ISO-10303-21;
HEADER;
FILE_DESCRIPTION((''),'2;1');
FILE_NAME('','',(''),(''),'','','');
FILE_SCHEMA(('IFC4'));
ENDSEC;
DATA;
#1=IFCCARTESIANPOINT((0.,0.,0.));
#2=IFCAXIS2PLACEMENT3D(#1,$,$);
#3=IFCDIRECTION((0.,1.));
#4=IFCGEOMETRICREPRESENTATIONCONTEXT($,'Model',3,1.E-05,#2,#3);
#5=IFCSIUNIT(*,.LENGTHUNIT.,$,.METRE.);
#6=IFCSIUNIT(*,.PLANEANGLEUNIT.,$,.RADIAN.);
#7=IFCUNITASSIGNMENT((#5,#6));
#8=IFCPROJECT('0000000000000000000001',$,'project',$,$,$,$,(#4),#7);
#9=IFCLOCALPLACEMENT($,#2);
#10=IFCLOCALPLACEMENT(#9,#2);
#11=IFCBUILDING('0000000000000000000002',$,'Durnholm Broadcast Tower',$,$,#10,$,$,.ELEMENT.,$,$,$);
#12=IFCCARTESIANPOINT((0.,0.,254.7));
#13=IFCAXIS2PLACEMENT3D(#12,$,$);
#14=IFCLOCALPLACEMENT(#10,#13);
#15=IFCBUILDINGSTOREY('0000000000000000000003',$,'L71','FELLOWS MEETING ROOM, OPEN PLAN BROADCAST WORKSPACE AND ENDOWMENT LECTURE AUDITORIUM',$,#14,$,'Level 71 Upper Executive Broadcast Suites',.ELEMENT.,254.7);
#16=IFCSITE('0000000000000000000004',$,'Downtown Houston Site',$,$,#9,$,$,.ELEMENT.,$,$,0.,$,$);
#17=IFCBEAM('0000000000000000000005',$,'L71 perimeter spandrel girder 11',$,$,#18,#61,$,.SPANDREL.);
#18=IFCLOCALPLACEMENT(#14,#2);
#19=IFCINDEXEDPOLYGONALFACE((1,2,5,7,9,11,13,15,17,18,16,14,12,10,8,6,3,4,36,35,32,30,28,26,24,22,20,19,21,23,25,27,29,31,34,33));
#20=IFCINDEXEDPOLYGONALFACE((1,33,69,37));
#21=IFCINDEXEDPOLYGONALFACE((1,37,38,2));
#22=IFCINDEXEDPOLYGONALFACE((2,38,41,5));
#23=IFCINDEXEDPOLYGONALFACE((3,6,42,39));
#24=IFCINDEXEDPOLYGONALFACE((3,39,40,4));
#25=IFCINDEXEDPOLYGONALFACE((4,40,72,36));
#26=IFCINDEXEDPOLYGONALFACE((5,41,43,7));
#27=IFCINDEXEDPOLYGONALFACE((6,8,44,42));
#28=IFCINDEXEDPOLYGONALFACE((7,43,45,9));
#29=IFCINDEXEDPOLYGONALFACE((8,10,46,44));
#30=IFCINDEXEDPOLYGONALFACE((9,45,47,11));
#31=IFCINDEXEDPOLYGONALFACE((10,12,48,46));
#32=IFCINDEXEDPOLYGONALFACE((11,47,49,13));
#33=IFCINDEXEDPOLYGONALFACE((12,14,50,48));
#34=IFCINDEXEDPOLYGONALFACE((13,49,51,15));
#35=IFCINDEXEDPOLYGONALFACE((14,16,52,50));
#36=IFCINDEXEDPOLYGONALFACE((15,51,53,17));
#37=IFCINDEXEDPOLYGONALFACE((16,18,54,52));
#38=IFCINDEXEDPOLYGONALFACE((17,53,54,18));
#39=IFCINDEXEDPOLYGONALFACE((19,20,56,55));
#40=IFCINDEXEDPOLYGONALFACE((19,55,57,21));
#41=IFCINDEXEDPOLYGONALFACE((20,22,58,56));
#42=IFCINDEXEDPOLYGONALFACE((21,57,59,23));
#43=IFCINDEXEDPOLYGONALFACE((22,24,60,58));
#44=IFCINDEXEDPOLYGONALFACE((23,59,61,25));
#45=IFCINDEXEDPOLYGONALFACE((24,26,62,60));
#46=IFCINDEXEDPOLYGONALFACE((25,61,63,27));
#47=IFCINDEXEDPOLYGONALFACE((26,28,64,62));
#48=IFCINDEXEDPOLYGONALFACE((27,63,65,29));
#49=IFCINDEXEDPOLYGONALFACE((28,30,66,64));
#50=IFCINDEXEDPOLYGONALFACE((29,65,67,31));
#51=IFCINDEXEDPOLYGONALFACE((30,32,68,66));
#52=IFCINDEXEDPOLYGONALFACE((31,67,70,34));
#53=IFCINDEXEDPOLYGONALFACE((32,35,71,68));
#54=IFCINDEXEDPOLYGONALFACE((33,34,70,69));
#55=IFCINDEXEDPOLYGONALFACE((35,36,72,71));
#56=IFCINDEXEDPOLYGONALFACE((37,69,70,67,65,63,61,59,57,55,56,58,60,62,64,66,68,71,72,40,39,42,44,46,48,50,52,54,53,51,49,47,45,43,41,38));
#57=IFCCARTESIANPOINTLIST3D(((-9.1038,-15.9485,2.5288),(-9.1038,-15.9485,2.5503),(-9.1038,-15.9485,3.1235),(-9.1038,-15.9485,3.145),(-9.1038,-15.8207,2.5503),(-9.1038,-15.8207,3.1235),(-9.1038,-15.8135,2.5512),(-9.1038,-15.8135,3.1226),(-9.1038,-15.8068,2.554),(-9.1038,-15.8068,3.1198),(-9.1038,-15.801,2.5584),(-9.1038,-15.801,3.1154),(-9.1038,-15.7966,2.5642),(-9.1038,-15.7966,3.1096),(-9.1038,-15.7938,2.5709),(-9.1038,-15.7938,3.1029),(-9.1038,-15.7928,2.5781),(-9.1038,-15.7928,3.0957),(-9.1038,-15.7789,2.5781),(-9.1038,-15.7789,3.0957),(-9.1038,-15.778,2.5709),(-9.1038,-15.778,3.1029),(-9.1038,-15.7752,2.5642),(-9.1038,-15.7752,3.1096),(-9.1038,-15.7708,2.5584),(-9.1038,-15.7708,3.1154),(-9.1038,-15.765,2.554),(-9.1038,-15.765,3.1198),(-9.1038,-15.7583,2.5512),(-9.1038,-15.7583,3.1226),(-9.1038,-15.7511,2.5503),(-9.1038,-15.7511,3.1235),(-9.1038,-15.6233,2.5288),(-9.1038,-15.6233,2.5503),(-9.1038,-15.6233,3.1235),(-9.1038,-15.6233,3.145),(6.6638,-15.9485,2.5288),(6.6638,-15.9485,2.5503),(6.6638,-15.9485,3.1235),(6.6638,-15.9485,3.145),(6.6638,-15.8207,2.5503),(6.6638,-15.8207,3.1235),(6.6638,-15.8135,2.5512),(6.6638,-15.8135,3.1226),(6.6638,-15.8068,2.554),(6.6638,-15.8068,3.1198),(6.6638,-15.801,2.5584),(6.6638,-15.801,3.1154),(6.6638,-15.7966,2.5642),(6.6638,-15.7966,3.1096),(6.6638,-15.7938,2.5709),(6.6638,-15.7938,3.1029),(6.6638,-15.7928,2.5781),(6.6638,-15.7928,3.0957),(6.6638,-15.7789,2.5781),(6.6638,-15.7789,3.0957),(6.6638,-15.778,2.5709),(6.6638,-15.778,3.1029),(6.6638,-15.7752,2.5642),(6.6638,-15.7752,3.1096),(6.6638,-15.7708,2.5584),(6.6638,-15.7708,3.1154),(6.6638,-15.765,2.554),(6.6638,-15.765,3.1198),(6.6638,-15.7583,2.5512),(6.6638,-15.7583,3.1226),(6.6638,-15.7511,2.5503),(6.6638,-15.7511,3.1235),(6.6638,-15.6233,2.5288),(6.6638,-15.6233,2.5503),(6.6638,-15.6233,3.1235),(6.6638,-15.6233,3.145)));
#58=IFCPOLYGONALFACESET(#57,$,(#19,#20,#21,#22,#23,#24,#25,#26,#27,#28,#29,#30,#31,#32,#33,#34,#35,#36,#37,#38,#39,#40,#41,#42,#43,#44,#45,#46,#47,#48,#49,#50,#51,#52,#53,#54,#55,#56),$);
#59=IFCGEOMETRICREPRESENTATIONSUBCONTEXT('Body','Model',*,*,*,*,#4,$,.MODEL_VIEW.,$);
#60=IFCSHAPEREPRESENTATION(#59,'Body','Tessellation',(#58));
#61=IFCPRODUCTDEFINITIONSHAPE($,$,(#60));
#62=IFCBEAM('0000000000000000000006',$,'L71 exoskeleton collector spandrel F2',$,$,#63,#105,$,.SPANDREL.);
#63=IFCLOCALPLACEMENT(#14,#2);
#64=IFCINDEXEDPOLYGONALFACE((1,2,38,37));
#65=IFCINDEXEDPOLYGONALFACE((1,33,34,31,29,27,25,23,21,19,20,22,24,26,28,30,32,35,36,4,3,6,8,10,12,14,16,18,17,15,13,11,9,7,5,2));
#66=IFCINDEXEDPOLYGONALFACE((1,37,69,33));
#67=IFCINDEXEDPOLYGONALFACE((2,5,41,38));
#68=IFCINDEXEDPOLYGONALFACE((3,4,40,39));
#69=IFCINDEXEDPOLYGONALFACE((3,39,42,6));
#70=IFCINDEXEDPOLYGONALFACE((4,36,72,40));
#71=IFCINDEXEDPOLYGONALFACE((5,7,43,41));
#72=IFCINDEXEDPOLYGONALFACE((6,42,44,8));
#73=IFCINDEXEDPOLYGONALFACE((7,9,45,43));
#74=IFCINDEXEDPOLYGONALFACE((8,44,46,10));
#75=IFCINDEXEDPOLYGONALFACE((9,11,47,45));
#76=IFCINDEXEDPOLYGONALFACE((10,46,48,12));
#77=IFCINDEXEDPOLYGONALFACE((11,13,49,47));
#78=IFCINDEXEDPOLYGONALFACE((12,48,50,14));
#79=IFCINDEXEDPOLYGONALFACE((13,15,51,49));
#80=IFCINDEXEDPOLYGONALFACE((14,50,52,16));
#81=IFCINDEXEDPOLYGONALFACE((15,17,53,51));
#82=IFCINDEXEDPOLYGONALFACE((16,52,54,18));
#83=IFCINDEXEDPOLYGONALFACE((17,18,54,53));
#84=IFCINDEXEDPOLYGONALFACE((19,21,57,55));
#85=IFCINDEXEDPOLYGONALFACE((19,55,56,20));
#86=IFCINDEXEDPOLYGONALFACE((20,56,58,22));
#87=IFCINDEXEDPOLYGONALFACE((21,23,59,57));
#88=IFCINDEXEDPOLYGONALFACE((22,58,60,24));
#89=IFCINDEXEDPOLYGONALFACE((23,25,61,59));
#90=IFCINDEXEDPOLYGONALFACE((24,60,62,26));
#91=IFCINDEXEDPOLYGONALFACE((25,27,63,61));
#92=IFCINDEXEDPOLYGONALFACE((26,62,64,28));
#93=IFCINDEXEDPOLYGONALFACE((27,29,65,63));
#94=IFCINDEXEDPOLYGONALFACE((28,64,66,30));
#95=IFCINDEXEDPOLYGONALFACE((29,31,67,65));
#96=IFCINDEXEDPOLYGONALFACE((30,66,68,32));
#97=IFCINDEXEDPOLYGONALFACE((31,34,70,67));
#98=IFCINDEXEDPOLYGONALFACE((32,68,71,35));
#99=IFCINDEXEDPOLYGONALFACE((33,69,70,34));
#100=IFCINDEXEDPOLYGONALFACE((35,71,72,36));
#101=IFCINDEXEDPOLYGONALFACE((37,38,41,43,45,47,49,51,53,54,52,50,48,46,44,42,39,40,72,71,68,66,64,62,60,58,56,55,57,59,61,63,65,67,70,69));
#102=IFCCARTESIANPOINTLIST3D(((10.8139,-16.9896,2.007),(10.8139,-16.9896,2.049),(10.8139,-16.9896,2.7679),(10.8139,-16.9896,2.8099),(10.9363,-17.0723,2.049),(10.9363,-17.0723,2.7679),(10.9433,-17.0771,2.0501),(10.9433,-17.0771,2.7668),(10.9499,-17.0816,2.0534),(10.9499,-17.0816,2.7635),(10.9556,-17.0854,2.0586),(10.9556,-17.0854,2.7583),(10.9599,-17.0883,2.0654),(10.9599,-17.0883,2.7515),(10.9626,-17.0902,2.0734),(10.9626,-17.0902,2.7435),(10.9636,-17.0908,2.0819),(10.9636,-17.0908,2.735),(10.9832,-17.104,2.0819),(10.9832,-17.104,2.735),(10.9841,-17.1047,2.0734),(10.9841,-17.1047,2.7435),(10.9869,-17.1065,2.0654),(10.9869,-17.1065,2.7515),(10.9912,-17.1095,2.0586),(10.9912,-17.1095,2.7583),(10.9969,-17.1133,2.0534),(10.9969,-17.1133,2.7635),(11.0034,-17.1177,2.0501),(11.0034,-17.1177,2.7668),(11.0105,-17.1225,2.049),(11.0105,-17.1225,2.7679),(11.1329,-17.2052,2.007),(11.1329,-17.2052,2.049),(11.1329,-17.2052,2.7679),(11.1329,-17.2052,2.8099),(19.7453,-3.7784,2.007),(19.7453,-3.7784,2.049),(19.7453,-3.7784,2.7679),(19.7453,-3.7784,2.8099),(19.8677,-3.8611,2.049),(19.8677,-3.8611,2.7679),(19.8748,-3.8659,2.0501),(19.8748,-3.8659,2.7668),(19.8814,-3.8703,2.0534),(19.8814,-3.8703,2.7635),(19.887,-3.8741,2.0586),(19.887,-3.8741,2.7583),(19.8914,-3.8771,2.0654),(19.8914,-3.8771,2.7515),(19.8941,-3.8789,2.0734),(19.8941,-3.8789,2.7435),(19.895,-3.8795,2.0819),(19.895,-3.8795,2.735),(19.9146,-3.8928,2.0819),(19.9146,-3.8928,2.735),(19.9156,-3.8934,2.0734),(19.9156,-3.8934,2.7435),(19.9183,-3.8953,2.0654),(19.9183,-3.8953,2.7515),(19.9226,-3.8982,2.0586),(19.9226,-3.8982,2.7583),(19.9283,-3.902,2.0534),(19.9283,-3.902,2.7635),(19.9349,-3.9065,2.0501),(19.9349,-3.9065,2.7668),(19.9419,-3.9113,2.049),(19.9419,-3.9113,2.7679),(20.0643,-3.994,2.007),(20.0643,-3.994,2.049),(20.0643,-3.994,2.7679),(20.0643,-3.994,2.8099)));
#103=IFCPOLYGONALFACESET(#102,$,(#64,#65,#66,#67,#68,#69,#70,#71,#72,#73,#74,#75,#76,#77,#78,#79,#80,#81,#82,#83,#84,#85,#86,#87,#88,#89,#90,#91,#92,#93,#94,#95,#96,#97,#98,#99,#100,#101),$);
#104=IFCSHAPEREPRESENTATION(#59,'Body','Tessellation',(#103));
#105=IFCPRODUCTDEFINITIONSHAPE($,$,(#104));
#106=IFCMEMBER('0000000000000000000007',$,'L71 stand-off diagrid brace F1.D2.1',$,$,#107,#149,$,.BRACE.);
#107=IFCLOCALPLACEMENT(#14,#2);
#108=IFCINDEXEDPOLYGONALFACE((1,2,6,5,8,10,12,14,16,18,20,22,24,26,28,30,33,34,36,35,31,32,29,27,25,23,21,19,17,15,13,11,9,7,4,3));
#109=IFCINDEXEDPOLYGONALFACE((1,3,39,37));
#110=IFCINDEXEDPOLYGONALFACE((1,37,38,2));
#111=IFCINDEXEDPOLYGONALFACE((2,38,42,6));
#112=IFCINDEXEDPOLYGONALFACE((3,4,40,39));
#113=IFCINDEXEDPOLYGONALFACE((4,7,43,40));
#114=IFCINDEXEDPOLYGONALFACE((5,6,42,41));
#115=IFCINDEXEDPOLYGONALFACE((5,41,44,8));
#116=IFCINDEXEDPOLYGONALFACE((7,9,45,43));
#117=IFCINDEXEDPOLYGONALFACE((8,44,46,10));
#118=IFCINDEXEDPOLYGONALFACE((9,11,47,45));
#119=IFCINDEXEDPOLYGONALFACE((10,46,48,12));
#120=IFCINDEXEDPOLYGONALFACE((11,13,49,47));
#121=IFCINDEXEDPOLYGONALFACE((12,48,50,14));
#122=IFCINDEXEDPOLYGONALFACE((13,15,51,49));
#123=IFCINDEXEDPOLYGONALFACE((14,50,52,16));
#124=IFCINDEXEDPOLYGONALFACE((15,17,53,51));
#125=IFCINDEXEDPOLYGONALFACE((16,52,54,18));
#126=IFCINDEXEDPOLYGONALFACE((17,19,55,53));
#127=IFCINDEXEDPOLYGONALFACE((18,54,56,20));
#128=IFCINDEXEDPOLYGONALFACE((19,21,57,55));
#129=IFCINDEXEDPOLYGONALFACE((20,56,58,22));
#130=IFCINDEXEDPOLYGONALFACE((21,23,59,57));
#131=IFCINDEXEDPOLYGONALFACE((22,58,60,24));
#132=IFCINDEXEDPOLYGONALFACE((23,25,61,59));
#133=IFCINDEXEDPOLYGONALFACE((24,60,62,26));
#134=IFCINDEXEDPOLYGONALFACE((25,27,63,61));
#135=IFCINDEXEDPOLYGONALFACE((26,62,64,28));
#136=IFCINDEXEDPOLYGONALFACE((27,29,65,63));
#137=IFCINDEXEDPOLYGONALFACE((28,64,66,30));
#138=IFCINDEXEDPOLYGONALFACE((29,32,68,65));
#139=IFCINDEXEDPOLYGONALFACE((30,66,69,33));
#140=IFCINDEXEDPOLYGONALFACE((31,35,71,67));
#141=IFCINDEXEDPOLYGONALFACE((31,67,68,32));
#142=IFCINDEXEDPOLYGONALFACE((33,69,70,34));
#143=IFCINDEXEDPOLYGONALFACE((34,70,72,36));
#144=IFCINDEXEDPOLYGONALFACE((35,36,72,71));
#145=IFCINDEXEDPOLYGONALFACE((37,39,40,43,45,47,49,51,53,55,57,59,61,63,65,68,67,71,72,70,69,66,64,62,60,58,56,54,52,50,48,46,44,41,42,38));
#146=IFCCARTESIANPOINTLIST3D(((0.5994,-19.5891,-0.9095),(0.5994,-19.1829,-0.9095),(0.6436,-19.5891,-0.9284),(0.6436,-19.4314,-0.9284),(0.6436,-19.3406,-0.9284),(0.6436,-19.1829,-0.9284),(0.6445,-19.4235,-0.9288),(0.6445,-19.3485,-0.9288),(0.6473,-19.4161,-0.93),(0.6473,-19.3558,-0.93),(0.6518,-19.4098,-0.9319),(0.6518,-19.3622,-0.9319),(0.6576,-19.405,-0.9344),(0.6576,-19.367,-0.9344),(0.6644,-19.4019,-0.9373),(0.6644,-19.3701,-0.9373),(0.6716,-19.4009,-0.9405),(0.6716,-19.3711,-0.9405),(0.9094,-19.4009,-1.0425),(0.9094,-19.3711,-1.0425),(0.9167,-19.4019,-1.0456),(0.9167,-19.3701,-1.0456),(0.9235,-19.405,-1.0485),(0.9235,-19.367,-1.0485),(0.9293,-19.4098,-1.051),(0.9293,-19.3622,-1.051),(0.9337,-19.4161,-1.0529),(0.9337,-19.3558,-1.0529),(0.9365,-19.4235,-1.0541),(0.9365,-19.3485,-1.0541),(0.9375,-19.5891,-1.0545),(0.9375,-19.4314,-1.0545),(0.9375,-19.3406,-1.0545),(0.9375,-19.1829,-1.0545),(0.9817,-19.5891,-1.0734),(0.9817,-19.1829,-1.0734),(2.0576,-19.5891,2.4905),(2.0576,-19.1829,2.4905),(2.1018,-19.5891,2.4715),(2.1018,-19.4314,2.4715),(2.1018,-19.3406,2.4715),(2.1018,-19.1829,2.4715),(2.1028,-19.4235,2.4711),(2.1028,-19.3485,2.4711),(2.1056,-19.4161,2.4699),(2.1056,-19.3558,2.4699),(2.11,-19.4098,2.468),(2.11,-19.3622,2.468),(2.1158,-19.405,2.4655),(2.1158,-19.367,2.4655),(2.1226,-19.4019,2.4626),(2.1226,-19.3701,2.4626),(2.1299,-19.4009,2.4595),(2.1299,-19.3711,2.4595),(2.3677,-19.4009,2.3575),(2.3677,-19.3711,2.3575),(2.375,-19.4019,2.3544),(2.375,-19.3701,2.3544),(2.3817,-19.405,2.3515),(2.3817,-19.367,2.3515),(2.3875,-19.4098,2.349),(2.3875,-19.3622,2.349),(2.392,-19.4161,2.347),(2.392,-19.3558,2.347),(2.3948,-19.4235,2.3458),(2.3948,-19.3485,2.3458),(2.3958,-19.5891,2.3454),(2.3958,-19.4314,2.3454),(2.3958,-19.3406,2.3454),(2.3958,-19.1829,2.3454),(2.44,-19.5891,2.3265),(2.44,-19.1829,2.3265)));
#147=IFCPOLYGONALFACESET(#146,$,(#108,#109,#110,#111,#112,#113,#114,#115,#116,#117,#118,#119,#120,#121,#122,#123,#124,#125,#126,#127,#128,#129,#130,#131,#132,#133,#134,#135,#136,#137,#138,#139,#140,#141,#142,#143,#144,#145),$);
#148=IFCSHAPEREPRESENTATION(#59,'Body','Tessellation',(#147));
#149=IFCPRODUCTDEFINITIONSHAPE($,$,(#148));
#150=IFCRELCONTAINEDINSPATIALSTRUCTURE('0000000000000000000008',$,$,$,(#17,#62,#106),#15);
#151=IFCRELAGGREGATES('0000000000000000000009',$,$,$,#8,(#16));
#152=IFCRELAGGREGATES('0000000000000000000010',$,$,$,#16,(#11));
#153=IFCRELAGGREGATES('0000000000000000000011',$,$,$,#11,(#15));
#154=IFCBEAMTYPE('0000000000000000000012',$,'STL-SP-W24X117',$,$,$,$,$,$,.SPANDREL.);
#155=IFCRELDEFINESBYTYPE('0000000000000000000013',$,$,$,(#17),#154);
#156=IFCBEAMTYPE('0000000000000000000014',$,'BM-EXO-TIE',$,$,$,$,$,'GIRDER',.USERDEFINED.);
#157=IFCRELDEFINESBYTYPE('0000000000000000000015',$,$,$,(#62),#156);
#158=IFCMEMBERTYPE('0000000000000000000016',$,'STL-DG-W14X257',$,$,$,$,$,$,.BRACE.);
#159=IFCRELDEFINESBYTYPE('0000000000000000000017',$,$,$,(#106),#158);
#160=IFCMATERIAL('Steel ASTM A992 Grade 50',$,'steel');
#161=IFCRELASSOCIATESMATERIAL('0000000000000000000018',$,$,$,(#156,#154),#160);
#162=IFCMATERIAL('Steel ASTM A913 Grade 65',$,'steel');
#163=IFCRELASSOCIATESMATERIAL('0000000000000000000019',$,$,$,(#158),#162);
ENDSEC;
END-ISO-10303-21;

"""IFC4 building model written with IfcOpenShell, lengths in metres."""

from ifc_helpers import new_model, si_unit, direction, frame, origin, origin_2d, place, context, subcontext, project, spatial, i_section, extrude, source, transform, mapped, material, material_profile, profile_set, type_object, type_shapes, element, save


model = new_model("IFC4")

# Units and contexts
model_context = context("Model", 3, precision=1e-05, world=origin(), true_north=direction((0.0, 1.0)))
body_context = subcontext(model_context, "Body", "Model", "MODEL_VIEW")
ifc_project = project(units=[si_unit("LENGTHUNIT", "METRE"), si_unit("PLANEANGLEUNIT", "RADIAN")], contexts=[model_context])

# Site, building, storey
site_placement = place(None, origin())
site = spatial("IfcSite", under=ifc_project, at=site_placement, Name="Downtown Houston Site", CompositionType="ELEMENT", RefElevation=0.0)
building_placement = place(site_placement, origin())
building = spatial("IfcBuilding", under=site, at=building_placement, Name="Durnholm Broadcast Tower", CompositionType="ELEMENT")
storey_placement = place(building_placement, frame((0.0, 0.0, 254.7)))
storey = spatial("IfcBuildingStorey", under=building, at=storey_placement, Name="L71", Description="FELLOWS MEETING ROOM, OPEN PLAN BROADCAST WORKSPACE AND ENDOWMENT LECTURE AUDITORIUM", LongName="Level 71 Upper Executive Broadcast Suites", CompositionType="ELEMENT", Elevation=254.7)

# Beams
ifc_material_1 = material(Name="Steel ASTM A992 Grade 50", Category="steel")
ifc_material_profile_1 = material_profile(ifc_material_1, i_section(OverallWidth=0.385, OverallDepth=0.803, WebThickness=0.0237, FlangeThickness=0.042, FilletRadius=0.033, at=origin_2d()), Name="W30X261")
ifc_profile_set_1 = profile_set([ifc_material_profile_1], Name="Steel ASTM A992 Grade 50")
beam_type_1 = type_object("IfcBeamType", Name="BM-EXO-TIE", ElementType="GIRDER", PredefinedType="USERDEFINED", material=ifc_profile_set_1)
ifc_material_profile_2 = material_profile(ifc_material_1, i_section(OverallWidth=0.3252, OverallDepth=0.6162, WebThickness=0.0139, FlangeThickness=0.0215, FilletRadius=0.0278, at=origin_2d()), Name="W24X117")
ifc_profile_set_2 = profile_set([ifc_material_profile_2], Name="Steel ASTM A992 Grade 50")
beam_type_2 = type_object("IfcBeamType", Name="STL-SP-W24X117", PredefinedType="SPANDREL", material=ifc_profile_set_2)
shared_shape_1 = source(origin(), body_context, "Body", "SweptSolid", [
    extrude(i_section(OverallWidth=0.3252, OverallDepth=0.6162, WebThickness=0.0139, FlangeThickness=0.0215, FilletRadius=0.0278, at=origin_2d()), origin(), (0.0, 0.0, 1.0), 15.7676),
])
beam_1_placement = place(storey_placement, frame((6.6638, -15.7859, 2.8369), z_axis=(-1.0, 0.0, 0.0), x_axis=(0.0, -1.0, 0.0)))
element("IfcBeam", 1, at=beam_1_placement, inside=storey, type_object=beam_type_2, Name="L71 perimeter spandrel girder 11", PredefinedType="SPANDREL", context=body_context, shape_type="MappedRepresentation", body=[
    mapped(shared_shape_1, transform((0.0, 0.0, 0.0), x_axis=(1.0, 0.0, 0.0), y_axis=(0.0, 1.0, 0.0), z_axis=(0.0, 0.0, 1.0), scale=1.0)),
])
shared_shape_2 = source(origin(), body_context, "Body", "SweptSolid", [
    extrude(i_section(OverallWidth=0.385, OverallDepth=0.803, WebThickness=0.0237, FlangeThickness=0.042, FilletRadius=0.033, at=origin_2d()), origin(), (0.0, 0.0, 1.0), 15.947),
])
beam_2_placement = place(storey_placement, frame((10.9734, -17.0974, 2.4084), z_axis=(0.560069, 0.828446, 0.0), x_axis=(-0.828446, 0.560069, 0.0)))
element("IfcBeam", 2, at=beam_2_placement, inside=storey, type_object=beam_type_1, Name="L71 exoskeleton collector spandrel F2", PredefinedType="SPANDREL", context=body_context, shape_type="MappedRepresentation", body=[
    mapped(shared_shape_2, transform((0.0, 0.0, 0.0), x_axis=(1.0, 0.0, 0.0), y_axis=(0.0, 1.0, 0.0), z_axis=(0.0, 0.0, 1.0), scale=1.0)),
])

# Member
ifc_material_2 = material(Name="Steel ASTM A913 Grade 65", Category="steel")
ifc_material_profile_3 = material_profile(ifc_material_2, i_section(OverallWidth=0.4062, OverallDepth=0.416, WebThickness=0.0298, FlangeThickness=0.0481, FilletRadius=0.0305, at=origin_2d()), Name="W14X257")
ifc_profile_set_3 = profile_set([ifc_material_profile_3], Name="Steel ASTM A913 Grade 65")
member_type_1 = type_object("IfcMemberType", Name="STL-DG-W14X257", PredefinedType="BRACE", material=ifc_profile_set_3)
shared_shape_3 = source(origin(), body_context, "Body", "SweptSolid", [
    extrude(i_section(OverallWidth=0.4062, OverallDepth=0.416, WebThickness=0.0298, FlangeThickness=0.0481, FilletRadius=0.0305, at=origin_2d()), origin(), (0.0, 0.0, 1.0), 3.6995),
])
type_shapes(member_type_1, [shared_shape_3])
for number, where, z_axis, x_axis, name in (
    (3, (0.7905, -19.386, -0.9915), (0.394182, 0.0, 0.919032), (0.0, 1.0, 0.0), "L71 stand-off diagrid brace F1.D2.1"),
):
    element("IfcMember", number, at=place(storey_placement, frame(where, z_axis=z_axis, x_axis=x_axis)), inside=storey, type_object=member_type_1, Name=name, PredefinedType="BRACE", context=body_context, shape_type="MappedRepresentation", body=[
        mapped(shared_shape_3, transform((0.0, 0.0, 0.0), x_axis=(1.0, 0.0, 0.0), y_axis=(0.0, 1.0, 0.0), z_axis=(0.0, 0.0, 1.0), scale=1.0)),
    ])

save(model, "model.ifc")
